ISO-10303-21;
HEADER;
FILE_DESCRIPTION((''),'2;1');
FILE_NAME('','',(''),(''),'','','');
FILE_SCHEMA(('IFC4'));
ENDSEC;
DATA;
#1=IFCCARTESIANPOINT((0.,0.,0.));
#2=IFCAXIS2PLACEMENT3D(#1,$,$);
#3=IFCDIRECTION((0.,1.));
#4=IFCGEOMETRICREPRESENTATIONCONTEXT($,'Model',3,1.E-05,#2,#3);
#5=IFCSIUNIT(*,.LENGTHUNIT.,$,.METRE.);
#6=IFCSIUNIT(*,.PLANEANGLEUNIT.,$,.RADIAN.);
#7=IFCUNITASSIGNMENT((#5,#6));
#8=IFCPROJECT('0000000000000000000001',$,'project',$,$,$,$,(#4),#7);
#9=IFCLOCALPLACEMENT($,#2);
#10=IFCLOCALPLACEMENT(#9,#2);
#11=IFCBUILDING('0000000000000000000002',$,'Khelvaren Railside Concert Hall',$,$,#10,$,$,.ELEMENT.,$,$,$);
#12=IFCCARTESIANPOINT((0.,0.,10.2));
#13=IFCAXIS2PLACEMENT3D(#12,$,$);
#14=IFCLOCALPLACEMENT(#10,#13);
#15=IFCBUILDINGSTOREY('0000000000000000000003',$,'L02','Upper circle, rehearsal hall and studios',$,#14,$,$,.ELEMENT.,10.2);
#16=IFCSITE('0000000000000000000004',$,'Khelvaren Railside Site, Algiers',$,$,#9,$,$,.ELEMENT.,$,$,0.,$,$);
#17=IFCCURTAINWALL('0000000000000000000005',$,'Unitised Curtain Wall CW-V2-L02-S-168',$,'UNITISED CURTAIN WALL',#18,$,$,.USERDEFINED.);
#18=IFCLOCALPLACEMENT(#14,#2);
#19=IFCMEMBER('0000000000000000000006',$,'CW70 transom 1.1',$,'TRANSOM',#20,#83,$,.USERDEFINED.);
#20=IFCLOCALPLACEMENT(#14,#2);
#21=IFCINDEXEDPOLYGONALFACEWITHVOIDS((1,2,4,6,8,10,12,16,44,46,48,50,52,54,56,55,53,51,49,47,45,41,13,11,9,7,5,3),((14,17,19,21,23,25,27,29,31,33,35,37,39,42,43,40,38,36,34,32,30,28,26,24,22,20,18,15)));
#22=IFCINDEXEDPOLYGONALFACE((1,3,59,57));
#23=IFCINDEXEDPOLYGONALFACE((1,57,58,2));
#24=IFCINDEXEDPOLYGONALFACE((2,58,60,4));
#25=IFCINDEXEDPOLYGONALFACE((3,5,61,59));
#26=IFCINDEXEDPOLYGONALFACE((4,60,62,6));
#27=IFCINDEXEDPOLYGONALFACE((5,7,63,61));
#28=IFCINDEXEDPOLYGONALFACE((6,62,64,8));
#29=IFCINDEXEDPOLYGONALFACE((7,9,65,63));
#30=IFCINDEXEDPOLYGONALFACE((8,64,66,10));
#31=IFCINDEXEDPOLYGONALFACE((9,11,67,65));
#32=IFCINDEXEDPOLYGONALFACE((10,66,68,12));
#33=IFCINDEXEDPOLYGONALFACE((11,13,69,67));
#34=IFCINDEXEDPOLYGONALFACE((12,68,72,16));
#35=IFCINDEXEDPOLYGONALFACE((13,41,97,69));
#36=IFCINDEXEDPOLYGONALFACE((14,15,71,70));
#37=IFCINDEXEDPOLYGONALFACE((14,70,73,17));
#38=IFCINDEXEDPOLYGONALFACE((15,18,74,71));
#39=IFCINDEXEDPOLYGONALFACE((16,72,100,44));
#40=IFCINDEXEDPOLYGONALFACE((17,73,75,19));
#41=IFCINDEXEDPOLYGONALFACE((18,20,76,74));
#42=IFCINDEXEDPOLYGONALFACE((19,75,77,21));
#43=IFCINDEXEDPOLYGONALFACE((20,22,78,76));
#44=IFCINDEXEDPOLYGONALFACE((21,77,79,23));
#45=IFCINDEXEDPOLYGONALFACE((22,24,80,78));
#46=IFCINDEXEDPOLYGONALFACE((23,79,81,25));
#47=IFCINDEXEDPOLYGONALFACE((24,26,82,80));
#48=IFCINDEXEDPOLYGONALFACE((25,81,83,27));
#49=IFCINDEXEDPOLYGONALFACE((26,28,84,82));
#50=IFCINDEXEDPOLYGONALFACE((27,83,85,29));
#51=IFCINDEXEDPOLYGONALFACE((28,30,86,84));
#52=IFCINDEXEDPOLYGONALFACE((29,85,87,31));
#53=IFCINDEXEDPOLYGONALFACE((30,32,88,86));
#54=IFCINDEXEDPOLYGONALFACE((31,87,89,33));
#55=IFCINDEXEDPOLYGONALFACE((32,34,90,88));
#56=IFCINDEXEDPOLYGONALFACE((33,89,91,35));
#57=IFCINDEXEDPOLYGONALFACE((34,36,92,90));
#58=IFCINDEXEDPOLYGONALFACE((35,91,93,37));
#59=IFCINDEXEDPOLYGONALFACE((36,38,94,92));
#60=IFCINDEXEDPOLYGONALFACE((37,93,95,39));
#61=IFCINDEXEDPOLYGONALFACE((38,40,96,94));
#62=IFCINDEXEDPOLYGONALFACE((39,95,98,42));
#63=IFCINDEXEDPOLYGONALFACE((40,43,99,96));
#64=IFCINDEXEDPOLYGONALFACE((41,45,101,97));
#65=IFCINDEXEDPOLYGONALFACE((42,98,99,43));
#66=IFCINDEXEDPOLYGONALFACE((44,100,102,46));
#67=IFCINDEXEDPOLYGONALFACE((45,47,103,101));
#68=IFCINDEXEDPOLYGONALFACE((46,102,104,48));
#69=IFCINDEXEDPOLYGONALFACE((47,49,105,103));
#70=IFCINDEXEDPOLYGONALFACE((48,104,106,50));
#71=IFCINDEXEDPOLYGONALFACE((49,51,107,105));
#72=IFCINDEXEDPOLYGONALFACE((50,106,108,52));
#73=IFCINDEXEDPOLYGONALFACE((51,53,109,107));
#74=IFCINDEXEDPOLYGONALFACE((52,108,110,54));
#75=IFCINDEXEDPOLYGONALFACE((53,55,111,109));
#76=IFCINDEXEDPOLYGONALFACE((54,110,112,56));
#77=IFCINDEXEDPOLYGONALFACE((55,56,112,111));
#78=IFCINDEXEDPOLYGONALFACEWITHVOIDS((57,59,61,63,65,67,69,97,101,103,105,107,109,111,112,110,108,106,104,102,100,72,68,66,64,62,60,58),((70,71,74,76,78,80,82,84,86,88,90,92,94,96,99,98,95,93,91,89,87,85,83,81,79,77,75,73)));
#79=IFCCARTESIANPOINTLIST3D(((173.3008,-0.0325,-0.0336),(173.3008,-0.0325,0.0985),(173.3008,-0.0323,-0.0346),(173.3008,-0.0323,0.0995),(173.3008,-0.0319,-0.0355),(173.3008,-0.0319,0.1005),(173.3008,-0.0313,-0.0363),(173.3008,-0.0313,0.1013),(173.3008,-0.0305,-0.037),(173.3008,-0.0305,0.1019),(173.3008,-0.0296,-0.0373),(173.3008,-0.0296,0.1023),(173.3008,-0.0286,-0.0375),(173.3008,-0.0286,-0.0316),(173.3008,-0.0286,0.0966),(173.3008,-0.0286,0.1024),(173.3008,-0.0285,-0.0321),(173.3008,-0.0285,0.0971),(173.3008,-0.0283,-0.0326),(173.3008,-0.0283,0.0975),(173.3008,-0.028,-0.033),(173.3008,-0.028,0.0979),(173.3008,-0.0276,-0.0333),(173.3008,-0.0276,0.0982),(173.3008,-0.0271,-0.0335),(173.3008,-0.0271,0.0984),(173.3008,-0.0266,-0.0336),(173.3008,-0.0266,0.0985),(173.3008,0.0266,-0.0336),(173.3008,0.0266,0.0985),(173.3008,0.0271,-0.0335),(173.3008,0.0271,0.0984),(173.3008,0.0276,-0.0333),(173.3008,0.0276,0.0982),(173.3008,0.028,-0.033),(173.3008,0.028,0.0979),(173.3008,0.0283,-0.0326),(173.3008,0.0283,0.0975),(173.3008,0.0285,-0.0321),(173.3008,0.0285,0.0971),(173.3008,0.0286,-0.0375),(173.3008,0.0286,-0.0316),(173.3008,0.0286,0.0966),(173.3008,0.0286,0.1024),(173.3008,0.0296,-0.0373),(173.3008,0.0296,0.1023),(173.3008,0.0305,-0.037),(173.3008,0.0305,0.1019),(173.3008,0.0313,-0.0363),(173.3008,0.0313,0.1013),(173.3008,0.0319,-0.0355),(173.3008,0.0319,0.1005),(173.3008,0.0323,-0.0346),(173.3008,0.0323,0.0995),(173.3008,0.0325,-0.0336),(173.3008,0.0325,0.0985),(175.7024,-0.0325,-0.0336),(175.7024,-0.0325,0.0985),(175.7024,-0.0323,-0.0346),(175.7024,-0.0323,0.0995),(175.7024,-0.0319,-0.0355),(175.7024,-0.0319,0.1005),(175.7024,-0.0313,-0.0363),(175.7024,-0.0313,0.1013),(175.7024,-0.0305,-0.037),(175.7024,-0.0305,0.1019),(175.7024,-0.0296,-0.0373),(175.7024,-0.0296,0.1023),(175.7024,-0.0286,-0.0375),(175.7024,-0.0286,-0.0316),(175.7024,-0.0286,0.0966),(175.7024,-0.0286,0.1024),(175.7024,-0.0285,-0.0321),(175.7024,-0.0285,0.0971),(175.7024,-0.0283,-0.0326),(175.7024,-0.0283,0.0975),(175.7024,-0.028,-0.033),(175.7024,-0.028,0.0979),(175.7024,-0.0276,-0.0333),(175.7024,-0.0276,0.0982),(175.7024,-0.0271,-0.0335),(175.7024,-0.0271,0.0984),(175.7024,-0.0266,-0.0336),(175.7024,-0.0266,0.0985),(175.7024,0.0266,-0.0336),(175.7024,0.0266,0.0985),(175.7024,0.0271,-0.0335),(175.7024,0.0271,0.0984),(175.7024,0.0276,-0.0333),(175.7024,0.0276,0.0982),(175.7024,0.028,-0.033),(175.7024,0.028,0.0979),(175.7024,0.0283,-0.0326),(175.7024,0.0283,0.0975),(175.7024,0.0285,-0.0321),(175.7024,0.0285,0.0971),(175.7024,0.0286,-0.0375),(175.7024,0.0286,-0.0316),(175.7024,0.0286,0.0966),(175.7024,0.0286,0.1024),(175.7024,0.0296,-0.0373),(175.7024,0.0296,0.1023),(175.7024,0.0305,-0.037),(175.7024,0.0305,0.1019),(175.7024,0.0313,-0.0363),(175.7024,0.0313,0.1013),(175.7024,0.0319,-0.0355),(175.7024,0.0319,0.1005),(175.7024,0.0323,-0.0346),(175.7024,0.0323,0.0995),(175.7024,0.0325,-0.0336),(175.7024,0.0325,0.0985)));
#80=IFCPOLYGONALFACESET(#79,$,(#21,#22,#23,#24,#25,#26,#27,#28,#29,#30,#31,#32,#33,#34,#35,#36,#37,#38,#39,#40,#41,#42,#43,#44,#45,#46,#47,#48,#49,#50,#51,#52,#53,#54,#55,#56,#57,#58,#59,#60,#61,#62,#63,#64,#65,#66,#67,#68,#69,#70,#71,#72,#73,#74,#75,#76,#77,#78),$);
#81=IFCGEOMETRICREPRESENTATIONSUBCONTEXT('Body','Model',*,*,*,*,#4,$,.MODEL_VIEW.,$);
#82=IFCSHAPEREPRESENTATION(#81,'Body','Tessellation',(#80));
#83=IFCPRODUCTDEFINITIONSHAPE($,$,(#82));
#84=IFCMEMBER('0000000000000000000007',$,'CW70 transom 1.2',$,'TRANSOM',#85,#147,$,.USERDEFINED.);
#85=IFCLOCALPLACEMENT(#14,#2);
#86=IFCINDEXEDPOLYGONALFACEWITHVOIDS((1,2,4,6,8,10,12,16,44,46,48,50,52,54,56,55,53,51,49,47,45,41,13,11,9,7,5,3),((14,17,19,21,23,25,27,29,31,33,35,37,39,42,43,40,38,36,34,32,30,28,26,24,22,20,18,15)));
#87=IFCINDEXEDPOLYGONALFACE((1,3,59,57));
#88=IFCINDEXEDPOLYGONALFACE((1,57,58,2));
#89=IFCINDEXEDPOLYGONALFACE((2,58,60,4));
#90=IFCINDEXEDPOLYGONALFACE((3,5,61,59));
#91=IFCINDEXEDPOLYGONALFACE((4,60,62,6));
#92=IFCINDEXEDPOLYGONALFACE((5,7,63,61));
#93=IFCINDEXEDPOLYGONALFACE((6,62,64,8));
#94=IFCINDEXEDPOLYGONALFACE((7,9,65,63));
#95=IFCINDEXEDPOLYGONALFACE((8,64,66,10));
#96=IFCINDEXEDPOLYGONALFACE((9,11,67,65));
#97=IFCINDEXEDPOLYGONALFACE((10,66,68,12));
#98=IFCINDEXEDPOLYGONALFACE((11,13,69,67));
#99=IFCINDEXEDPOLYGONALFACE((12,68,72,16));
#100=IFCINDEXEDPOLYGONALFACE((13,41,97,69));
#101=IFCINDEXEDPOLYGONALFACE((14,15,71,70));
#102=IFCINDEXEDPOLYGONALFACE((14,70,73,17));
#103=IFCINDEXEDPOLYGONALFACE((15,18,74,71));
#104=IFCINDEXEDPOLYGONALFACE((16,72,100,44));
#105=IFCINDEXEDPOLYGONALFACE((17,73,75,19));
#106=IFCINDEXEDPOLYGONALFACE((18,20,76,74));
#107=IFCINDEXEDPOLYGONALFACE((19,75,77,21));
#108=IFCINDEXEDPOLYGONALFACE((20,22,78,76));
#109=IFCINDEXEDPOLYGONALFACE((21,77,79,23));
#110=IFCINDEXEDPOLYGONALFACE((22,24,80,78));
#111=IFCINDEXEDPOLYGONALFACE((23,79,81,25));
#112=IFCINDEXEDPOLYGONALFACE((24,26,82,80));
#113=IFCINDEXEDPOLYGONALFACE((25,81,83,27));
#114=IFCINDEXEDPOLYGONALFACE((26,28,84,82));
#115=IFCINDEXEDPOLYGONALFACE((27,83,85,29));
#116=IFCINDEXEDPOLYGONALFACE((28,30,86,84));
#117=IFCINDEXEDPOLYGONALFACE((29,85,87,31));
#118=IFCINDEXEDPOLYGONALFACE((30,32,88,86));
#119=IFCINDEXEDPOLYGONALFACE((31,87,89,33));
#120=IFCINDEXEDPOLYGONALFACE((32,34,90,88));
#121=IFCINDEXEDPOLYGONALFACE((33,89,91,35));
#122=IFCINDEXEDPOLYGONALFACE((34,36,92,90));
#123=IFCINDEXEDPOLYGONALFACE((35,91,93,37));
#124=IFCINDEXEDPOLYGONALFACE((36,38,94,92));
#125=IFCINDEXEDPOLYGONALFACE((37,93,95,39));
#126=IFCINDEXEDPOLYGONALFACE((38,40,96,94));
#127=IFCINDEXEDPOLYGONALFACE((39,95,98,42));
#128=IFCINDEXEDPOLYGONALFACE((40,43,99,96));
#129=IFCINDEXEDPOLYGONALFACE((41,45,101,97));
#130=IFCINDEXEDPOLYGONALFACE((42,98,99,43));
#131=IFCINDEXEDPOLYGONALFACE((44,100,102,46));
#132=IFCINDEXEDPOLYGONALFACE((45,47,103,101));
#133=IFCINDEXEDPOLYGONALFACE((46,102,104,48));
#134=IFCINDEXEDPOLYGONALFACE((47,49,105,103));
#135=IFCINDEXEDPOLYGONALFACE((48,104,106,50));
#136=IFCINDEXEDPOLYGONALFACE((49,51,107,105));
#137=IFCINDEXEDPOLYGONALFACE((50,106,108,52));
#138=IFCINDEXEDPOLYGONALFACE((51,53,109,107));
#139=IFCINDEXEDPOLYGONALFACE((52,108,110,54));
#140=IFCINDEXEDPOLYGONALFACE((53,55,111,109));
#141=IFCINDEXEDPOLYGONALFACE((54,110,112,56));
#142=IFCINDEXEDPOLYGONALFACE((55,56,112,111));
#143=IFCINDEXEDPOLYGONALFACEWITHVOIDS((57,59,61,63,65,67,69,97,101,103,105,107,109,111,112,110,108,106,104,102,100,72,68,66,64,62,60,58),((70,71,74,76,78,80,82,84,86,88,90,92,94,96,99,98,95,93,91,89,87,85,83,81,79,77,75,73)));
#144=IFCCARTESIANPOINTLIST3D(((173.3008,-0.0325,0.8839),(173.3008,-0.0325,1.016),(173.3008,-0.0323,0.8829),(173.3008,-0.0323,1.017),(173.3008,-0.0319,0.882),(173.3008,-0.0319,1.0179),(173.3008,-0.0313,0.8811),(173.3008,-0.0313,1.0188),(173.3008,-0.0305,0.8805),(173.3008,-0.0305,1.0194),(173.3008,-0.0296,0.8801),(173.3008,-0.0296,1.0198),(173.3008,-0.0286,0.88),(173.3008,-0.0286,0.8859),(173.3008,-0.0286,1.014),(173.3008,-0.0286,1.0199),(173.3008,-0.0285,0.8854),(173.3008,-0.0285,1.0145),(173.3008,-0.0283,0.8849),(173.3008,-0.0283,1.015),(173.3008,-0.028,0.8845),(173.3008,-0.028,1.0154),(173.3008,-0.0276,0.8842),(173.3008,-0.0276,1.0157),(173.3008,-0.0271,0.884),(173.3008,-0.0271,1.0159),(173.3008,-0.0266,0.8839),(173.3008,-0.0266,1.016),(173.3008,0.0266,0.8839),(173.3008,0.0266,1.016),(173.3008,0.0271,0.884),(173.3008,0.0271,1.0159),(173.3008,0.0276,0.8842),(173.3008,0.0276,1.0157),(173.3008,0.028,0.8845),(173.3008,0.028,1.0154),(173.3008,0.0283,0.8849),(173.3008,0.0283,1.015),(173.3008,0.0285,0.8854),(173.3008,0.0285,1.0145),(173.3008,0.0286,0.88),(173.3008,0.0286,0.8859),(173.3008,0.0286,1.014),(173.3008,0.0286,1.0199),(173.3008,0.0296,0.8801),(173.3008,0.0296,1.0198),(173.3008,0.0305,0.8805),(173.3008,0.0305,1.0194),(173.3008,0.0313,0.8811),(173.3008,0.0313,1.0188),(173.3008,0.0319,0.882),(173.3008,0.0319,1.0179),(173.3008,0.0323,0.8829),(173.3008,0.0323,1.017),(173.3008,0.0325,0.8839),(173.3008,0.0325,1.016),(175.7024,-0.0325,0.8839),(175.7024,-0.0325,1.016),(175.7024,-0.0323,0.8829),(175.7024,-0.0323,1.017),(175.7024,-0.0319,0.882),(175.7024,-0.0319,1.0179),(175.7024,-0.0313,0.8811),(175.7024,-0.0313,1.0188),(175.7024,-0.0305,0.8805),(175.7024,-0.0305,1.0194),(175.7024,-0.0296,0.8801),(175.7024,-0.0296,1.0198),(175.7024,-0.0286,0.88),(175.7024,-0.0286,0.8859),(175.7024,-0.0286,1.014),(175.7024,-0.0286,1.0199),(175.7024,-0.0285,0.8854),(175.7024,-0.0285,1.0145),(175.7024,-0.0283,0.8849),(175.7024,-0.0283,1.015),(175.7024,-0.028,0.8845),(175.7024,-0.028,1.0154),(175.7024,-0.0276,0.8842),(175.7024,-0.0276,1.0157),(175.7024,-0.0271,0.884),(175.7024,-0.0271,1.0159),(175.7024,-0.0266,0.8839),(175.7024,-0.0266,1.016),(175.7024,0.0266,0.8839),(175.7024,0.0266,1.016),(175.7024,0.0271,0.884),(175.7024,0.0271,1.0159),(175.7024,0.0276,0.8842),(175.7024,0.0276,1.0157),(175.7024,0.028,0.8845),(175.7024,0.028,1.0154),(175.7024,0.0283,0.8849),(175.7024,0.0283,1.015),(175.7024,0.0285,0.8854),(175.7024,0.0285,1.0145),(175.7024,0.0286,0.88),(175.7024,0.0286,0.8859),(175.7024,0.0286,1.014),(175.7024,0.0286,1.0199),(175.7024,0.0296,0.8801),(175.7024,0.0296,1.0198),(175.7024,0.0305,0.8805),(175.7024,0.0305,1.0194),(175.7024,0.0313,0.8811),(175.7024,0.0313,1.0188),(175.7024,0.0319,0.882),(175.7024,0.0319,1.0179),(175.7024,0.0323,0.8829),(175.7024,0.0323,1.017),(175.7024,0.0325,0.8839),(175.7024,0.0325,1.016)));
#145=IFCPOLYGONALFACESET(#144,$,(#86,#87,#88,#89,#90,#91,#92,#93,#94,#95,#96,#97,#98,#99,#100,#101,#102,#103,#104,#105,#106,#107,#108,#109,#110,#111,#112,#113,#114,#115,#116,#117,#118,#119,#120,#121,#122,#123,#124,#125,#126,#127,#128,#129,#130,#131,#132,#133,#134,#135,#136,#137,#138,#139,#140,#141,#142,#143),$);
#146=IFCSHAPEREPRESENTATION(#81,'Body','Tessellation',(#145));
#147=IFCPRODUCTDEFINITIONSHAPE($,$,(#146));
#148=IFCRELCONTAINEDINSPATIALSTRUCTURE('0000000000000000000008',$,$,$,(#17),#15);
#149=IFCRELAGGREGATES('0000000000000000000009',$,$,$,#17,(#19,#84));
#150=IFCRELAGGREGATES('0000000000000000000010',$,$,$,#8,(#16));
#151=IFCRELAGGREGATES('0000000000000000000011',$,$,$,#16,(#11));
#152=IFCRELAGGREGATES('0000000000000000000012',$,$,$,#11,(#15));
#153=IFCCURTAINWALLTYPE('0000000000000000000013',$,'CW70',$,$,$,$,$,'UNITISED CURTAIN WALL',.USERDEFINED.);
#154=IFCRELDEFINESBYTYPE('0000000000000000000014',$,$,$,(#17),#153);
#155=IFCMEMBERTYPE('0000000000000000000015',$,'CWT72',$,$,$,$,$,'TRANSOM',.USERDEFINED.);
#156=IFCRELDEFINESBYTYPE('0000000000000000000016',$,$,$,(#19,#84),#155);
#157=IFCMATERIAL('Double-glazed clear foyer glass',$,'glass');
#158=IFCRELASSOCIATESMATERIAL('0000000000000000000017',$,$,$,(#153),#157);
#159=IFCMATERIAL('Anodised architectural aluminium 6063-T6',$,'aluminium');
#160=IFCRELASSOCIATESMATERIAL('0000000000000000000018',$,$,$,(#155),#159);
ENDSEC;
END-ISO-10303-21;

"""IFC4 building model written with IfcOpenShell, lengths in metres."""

from ifc_helpers import new_model, si_unit, direction, frame, origin, origin_2d, place, context, subcontext, project, spatial, hollow_rectangle, extrude, material, material_profile, profile_set, type_object, element, aggregate, save


model = new_model("IFC4")

# Units and contexts
model_context = context("Model", 3, precision=1e-05, world=origin(), true_north=direction((0.0, 1.0)))
body_context = subcontext(model_context, "Body", "Model", "MODEL_VIEW")
ifc_project = project(units=[si_unit("LENGTHUNIT", "METRE"), si_unit("PLANEANGLEUNIT", "RADIAN")], contexts=[model_context])

# Site, building, storey
site_placement = place(None, origin())
site = spatial("IfcSite", under=ifc_project, at=site_placement, Name="Khelvaren Railside Site, Algiers", CompositionType="ELEMENT", RefElevation=0.0)
building_placement = place(site_placement, origin())
building = spatial("IfcBuilding", under=site, at=building_placement, Name="Khelvaren Railside Concert Hall", CompositionType="ELEMENT")
storey_placement = place(building_placement, frame((0.0, 0.0, 10.2)))
storey = spatial("IfcBuildingStorey", under=building, at=storey_placement, Name="L02", Description="Upper circle, rehearsal hall and studios", CompositionType="ELEMENT", Elevation=10.2)

# Curtain wall, members
ifc_material_1 = material(Name="Double-glazed clear foyer glass", Category="glass")
curtain_wall_type = type_object("IfcCurtainWallType", Name="CW70", ElementType="UNITISED CURTAIN WALL", PredefinedType="USERDEFINED", material=ifc_material_1)
curtain_wall_placement = place(storey_placement, origin())
curtain_wall = element("IfcCurtainWall", 1, at=curtain_wall_placement, inside=storey, type_object=curtain_wall_type, Name="Unitised Curtain Wall CW-V2-L02-S-168", ObjectType="UNITISED CURTAIN WALL", PredefinedType="USERDEFINED")
ifc_material_2 = material(Name="Anodised architectural aluminium 6063-T6", Category="aluminium")
ifc_material_profile_1 = material_profile(ifc_material_2, hollow_rectangle(XDim=0.0649, YDim=0.1399, WallThickness=0.0039, InnerFilletRadius=0.002, OuterFilletRadius=0.0039, at=origin_2d()), Name="CWT 65x140x4")
ifc_profile_set_1 = profile_set([ifc_material_profile_1], Name="Anodised architectural aluminium 6063-T6")
member_type_1 = type_object("IfcMemberType", Name="CWT72", ElementType="TRANSOM", PredefinedType="USERDEFINED", material=ifc_profile_set_1)
member_1_placement = place(storey_placement, frame((175.7024, 0.0, 0.0325), z_axis=(-1.0, 0.0, 0.0), x_axis=(0.0, -1.0, 0.0)))
member_1 = element("IfcMember", 2, at=member_1_placement, type_object=member_type_1, Name="CW70 transom 1.1", ObjectType="TRANSOM", PredefinedType="USERDEFINED", context=body_context, shape_type="SweptSolid", body=[
    extrude(hollow_rectangle(XDim=0.0649, YDim=0.1399, WallThickness=0.0039, InnerFilletRadius=0.002, OuterFilletRadius=0.0039, at=origin_2d()), origin(), (0.0, 0.0, 1.0), 2.4016),
])
member_2_placement = place(storey_placement, frame((175.7024, 0.0, 0.95), z_axis=(-1.0, 0.0, 0.0), x_axis=(0.0, -1.0, 0.0)))
member_2 = element("IfcMember", 3, at=member_2_placement, type_object=member_type_1, Name="CW70 transom 1.2", ObjectType="TRANSOM", PredefinedType="USERDEFINED", context=body_context, shape_type="SweptSolid", body=[
    extrude(hollow_rectangle(XDim=0.0649, YDim=0.1399, WallThickness=0.0039, InnerFilletRadius=0.002, OuterFilletRadius=0.0039, at=origin_2d()), origin(), (0.0, 0.0, 1.0), 2.4016),
])

aggregate(curtain_wall, [member_1, member_2])

save(model, "model.ifc")
